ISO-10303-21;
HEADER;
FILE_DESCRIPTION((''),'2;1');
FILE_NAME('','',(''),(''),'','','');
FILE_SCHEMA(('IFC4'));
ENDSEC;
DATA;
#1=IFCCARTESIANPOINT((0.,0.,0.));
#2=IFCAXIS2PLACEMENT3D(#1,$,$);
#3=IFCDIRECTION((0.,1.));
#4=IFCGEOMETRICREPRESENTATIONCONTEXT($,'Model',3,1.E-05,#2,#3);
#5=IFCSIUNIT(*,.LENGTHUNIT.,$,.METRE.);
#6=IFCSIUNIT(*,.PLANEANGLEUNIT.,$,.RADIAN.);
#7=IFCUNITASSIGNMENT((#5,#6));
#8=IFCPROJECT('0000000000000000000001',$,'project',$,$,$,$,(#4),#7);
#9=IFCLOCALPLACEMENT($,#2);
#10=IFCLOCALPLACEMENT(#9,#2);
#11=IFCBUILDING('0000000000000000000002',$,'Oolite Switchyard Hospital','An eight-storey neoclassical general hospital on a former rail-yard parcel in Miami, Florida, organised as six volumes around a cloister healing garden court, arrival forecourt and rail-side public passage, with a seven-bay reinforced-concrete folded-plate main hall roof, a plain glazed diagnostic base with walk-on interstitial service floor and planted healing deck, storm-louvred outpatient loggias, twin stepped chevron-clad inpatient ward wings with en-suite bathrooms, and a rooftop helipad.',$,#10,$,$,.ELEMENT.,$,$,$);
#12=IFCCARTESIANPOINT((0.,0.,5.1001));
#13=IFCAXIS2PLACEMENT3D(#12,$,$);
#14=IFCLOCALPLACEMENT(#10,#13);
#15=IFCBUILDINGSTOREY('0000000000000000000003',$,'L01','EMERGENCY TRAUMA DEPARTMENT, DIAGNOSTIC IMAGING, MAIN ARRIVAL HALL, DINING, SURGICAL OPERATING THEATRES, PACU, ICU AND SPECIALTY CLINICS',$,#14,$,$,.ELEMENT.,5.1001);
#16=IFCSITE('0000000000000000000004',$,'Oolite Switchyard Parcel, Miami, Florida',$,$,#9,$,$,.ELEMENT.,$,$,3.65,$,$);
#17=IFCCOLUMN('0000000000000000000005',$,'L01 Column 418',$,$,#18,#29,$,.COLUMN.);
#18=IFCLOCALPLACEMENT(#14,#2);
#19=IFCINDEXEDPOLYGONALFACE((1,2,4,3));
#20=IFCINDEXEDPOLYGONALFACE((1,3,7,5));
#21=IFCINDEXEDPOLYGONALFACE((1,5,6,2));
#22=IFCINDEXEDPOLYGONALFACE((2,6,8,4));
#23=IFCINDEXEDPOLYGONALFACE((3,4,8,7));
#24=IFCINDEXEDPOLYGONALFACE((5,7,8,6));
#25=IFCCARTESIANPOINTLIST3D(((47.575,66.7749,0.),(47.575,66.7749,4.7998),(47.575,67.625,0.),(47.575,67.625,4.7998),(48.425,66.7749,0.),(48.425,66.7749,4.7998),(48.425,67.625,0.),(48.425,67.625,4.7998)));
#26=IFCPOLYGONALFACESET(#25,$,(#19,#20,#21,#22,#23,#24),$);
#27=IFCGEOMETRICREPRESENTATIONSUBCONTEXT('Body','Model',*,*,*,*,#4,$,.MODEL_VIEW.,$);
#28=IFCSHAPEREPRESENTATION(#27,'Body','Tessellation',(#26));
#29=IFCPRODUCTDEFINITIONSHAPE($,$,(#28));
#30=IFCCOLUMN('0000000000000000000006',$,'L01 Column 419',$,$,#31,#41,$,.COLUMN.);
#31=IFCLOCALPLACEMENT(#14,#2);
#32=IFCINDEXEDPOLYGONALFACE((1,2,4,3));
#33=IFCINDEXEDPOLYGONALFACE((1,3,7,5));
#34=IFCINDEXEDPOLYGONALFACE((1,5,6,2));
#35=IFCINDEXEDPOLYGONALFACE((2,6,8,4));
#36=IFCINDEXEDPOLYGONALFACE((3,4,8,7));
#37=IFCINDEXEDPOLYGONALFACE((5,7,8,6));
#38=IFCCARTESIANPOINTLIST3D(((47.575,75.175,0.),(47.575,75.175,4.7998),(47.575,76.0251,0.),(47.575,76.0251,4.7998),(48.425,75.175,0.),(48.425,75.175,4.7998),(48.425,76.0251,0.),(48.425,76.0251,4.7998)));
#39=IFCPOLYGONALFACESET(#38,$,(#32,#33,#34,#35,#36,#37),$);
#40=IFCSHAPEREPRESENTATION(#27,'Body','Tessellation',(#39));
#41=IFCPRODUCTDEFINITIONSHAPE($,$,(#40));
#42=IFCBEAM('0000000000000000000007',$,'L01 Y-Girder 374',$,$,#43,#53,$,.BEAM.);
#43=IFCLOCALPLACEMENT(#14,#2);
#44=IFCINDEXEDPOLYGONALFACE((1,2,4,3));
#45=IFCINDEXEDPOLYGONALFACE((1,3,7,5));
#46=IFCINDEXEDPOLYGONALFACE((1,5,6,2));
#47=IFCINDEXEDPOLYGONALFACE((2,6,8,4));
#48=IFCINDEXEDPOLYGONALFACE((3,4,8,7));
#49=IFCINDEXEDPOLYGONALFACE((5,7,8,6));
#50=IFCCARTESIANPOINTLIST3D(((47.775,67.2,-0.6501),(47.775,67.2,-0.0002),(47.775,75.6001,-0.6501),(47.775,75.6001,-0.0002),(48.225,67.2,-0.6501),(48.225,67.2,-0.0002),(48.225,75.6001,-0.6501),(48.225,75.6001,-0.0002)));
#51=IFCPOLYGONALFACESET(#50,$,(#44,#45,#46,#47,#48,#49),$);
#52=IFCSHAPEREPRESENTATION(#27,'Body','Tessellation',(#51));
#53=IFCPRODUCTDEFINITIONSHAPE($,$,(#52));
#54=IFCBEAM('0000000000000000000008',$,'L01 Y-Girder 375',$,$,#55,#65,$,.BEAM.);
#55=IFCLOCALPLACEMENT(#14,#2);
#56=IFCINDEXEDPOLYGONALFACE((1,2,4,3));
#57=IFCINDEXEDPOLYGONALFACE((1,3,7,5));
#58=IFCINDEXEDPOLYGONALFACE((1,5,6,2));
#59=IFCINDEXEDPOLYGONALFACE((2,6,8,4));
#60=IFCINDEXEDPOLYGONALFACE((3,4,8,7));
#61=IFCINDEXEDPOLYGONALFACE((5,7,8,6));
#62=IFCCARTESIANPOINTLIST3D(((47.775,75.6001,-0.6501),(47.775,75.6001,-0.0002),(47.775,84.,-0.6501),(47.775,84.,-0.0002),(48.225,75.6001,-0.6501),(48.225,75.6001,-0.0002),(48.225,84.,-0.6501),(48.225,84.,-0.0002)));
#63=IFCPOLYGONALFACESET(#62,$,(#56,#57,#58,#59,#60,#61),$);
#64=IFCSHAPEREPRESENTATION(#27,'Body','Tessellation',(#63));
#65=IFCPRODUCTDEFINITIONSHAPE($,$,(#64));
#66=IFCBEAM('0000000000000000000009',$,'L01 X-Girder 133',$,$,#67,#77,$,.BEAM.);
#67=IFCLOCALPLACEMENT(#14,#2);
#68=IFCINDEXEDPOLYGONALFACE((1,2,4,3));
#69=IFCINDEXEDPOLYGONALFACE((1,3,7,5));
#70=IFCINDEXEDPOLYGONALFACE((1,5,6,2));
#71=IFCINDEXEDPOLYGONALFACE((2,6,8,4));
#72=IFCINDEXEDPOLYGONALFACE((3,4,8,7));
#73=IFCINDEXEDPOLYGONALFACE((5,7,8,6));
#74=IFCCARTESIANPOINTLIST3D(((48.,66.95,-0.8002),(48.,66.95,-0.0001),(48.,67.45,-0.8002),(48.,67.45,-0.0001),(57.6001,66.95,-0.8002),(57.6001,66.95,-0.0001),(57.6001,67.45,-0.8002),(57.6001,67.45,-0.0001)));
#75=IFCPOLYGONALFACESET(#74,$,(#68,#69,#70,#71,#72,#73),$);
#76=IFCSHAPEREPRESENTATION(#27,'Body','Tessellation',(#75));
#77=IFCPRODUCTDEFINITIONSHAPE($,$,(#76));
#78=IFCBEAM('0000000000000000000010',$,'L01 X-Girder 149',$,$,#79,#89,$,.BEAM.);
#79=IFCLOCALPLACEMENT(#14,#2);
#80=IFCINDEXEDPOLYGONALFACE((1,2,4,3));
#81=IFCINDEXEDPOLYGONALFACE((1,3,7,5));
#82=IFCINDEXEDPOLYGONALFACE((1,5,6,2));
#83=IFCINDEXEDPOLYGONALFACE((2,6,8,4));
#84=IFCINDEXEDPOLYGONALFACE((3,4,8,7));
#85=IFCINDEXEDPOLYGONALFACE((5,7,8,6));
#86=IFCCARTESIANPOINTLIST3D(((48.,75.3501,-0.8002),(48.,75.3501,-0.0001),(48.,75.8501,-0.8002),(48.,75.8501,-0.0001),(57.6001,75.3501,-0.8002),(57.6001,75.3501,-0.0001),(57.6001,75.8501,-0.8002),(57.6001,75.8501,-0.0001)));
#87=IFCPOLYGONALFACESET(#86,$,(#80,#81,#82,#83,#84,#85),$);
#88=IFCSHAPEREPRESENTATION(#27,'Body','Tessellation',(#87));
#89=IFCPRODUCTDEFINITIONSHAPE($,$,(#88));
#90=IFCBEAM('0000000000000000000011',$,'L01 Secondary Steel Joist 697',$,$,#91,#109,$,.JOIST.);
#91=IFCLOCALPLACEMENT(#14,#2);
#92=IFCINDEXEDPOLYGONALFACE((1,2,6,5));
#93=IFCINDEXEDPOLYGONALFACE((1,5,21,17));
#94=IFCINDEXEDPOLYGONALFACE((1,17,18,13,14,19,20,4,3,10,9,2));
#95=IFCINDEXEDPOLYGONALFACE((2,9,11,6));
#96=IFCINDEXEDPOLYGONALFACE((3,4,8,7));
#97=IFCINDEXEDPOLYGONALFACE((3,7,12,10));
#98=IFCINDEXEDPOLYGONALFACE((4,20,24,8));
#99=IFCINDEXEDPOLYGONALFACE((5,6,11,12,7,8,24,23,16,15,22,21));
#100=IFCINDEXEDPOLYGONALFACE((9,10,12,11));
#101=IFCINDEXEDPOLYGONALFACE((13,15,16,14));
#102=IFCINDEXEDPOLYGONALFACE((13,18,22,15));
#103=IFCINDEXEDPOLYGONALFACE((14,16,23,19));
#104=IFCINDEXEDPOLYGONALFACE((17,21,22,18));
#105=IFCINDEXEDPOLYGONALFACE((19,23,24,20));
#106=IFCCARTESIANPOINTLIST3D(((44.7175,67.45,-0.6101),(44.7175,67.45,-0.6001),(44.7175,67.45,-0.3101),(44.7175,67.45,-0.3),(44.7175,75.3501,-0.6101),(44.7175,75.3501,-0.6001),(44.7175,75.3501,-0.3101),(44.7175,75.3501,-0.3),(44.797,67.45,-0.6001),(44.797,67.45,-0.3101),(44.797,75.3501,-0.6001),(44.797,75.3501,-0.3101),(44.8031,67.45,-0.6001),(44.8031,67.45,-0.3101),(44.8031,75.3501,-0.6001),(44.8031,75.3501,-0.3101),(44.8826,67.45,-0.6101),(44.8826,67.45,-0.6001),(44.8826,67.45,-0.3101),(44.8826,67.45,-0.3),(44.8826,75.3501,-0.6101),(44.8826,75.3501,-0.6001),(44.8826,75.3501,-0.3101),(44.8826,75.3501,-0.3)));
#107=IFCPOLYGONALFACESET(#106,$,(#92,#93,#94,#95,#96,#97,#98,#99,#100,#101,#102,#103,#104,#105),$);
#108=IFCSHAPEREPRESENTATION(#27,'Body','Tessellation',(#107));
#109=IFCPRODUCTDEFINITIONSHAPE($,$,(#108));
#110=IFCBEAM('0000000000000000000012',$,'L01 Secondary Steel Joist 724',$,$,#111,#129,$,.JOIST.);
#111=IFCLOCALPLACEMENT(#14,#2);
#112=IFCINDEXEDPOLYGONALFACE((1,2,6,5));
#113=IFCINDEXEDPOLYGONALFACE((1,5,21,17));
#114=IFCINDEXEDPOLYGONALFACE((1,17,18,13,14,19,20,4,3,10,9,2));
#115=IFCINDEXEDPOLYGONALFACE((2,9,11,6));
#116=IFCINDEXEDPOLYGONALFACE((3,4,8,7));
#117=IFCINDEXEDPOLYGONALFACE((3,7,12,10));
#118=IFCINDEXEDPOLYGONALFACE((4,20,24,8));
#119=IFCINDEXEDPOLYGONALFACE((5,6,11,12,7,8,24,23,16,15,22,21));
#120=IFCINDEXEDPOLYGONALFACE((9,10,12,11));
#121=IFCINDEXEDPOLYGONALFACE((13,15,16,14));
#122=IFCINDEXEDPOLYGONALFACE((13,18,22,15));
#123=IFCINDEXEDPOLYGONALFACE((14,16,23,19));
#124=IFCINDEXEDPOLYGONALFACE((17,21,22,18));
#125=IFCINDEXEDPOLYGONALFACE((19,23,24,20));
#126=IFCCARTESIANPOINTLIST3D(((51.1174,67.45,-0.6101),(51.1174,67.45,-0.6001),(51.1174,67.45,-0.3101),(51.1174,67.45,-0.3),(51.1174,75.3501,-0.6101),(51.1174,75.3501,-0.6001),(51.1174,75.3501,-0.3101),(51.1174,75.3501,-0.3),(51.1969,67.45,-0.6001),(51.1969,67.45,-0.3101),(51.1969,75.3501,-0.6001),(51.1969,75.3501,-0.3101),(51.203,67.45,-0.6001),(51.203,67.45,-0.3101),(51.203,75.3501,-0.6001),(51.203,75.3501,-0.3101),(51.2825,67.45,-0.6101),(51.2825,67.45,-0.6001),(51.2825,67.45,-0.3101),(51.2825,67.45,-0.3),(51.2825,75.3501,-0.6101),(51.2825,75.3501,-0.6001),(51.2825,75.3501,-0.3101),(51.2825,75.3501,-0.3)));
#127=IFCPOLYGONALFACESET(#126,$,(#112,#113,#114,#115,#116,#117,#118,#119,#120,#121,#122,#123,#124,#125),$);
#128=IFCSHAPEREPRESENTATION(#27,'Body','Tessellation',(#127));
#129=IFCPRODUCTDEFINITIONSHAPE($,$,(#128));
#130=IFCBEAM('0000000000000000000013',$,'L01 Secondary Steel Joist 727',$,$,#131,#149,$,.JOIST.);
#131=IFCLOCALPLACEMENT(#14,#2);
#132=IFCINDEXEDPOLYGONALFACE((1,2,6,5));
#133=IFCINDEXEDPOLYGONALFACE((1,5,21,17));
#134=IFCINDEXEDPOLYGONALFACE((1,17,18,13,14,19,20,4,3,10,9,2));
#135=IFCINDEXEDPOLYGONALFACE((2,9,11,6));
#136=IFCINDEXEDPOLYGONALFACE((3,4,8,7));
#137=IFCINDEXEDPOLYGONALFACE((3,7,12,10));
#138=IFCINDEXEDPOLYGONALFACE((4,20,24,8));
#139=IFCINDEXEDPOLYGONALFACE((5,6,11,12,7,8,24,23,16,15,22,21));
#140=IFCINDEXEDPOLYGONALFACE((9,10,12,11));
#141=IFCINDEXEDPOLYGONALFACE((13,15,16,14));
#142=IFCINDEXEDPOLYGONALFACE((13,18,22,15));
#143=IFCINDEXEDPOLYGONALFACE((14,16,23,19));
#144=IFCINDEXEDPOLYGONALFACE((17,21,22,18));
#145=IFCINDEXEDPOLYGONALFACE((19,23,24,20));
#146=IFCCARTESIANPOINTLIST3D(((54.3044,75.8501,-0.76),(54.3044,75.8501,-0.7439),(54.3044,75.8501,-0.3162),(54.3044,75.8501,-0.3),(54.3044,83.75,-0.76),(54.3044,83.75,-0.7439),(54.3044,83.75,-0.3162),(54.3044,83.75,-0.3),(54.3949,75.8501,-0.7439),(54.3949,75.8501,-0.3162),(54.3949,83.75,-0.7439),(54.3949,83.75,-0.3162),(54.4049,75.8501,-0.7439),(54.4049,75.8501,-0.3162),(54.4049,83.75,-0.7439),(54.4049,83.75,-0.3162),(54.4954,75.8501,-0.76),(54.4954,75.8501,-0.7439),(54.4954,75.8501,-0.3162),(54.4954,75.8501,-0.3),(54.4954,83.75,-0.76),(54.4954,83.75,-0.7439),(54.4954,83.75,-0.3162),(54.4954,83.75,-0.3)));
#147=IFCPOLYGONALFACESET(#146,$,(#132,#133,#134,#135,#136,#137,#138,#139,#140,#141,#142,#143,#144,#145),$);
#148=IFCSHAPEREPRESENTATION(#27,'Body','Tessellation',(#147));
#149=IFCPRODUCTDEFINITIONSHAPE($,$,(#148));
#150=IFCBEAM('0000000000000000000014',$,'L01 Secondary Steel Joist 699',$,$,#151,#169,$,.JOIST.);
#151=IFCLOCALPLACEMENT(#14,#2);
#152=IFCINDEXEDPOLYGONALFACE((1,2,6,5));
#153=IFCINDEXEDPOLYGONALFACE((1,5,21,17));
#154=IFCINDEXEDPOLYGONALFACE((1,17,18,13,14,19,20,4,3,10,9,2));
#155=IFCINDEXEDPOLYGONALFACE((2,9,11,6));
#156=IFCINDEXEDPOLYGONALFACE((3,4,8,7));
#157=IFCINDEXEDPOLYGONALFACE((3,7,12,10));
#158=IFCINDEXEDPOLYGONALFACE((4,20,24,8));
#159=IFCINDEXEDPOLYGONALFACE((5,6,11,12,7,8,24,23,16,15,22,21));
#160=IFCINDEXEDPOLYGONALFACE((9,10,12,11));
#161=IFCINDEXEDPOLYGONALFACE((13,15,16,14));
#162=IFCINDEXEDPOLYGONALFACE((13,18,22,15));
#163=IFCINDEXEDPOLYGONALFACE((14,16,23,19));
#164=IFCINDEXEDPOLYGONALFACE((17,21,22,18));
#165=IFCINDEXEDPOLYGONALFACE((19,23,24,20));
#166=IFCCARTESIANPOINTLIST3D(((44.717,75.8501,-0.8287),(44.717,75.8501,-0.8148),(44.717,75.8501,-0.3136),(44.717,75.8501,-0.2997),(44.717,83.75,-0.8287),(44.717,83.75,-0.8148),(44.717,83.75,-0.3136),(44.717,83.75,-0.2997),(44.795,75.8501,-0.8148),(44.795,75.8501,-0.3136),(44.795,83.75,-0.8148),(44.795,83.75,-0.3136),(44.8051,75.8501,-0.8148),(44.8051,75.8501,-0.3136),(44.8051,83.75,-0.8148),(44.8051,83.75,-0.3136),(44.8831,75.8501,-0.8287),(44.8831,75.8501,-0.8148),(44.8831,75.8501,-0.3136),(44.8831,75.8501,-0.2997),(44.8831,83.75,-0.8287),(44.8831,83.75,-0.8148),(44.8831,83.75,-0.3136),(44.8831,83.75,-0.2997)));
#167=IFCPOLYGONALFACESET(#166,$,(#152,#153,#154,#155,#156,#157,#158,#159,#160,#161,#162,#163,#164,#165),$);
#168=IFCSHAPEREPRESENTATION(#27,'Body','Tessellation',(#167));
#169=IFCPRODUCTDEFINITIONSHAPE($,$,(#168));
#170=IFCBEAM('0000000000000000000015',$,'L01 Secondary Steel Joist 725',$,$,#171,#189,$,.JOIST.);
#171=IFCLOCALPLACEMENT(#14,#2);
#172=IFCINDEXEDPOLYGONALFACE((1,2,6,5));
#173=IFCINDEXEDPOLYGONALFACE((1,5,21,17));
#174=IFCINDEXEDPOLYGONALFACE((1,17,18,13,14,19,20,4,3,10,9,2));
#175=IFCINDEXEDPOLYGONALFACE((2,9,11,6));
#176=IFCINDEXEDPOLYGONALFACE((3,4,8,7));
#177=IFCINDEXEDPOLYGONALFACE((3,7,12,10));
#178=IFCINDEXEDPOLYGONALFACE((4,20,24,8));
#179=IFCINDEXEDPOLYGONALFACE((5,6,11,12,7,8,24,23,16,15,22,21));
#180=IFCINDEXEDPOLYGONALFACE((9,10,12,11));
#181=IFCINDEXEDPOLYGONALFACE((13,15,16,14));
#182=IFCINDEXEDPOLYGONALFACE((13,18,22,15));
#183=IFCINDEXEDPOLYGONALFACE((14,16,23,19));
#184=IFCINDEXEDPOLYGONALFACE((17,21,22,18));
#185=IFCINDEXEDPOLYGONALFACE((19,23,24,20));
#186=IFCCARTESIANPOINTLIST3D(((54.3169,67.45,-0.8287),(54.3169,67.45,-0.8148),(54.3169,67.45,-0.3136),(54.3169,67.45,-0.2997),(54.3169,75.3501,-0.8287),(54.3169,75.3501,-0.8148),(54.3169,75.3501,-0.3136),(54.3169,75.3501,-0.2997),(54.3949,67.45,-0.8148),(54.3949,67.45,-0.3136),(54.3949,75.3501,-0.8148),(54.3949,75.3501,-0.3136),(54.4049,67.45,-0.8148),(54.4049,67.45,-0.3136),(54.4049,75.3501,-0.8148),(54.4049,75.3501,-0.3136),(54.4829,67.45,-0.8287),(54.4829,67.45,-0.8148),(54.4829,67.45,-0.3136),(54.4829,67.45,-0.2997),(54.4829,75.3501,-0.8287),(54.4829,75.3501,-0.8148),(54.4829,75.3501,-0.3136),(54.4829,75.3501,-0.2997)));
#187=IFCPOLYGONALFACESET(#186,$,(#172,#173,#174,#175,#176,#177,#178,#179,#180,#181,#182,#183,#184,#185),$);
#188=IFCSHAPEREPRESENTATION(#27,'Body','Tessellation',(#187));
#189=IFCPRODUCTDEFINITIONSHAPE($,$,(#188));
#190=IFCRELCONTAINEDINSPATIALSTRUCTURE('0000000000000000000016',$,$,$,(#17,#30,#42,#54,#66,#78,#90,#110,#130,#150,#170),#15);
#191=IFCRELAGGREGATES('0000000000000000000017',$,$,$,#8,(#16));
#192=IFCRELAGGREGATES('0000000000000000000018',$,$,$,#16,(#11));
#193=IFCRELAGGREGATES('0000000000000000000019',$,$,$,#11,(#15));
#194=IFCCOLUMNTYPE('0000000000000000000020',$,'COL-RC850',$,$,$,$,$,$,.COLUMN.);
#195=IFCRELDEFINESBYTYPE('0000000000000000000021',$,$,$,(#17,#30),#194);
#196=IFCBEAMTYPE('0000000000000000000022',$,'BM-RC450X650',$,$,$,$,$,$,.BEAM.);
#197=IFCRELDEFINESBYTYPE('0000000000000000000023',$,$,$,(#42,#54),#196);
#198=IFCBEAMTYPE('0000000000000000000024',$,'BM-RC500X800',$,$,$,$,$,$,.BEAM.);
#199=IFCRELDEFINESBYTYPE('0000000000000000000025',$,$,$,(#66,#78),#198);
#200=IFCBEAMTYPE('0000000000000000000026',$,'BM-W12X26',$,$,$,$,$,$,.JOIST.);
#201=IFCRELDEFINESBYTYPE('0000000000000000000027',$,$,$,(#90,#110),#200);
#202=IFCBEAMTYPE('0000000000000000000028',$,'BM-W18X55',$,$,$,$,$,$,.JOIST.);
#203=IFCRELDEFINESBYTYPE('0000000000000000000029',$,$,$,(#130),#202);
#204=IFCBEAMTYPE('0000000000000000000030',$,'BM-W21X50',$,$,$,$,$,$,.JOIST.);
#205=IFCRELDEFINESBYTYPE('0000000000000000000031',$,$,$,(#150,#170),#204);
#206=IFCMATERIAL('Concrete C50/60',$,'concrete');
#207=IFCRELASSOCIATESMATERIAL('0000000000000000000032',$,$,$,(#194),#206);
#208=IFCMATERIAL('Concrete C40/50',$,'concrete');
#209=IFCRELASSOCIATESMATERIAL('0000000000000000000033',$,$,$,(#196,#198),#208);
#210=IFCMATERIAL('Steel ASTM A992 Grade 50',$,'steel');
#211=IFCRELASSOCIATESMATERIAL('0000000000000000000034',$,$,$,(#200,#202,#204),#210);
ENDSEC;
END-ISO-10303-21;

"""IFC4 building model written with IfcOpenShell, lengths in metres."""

from ifc_helpers import new_model, si_unit, direction, frame, origin, origin_2d, place, context, subcontext, project, spatial, rectangle, i_section, extrude, material, material_profile, profile_set, type_object, element, save


model = new_model("IFC4")

# Units and contexts
model_context = context("Model", 3, precision=1e-05, world=origin(), true_north=direction((0.0, 1.0)))
body_context = subcontext(model_context, "Body", "Model", "MODEL_VIEW")
ifc_project = project(units=[si_unit("LENGTHUNIT", "METRE"), si_unit("PLANEANGLEUNIT", "RADIAN")], contexts=[model_context])

# Site, building, storey
site_placement = place(None, origin())
site = spatial("IfcSite", under=ifc_project, at=site_placement, Name="Oolite Switchyard Parcel, Miami, Florida", CompositionType="ELEMENT", RefElevation=3.65)
building_placement = place(site_placement, origin())
building = spatial("IfcBuilding", under=site, at=building_placement, Name="Oolite Switchyard Hospital", Description="An eight-storey neoclassical general hospital on a former rail-yard parcel in Miami, Florida, organised as six volumes around a cloister healing garden court, arrival forecourt and rail-side public passage, with a seven-bay reinforced-concrete folded-plate main hall roof, a plain glazed diagnostic base with walk-on interstitial service floor and planted healing deck, storm-louvred outpatient loggias, twin stepped chevron-clad inpatient ward wings with en-suite bathrooms, and a rooftop helipad.", CompositionType="ELEMENT")
storey_placement = place(building_placement, frame((0.0, 0.0, 5.1001)))
storey = spatial("IfcBuildingStorey", under=building, at=storey_placement, Name="L01", Description="EMERGENCY TRAUMA DEPARTMENT, DIAGNOSTIC IMAGING, MAIN ARRIVAL HALL, DINING, SURGICAL OPERATING THEATRES, PACU, ICU AND SPECIALTY CLINICS", CompositionType="ELEMENT", Elevation=5.1001)

# Columns
ifc_material_1 = material(Name="Concrete C50/60", Category="concrete")
ifc_material_profile_1 = material_profile(ifc_material_1, rectangle(XDim=0.8501, YDim=0.8501, at=origin_2d()), Name="RC850X850")
ifc_profile_set_1 = profile_set([ifc_material_profile_1], Name="Concrete C50/60")
column_type = type_object("IfcColumnType", Name="COL-RC850", PredefinedType="COLUMN", material=ifc_profile_set_1)
for number, where, z_axis, x_axis, name in (
    (1, (48.0, 67.2, 0.0), (0.0, 0.0, 1.0), (1.0, 0.0, 0.0), "L01 Column 418"),
    (2, (48.0, 75.6001, 0.0), (0.0, 0.0, 1.0), (1.0, 0.0, 0.0), "L01 Column 419"),
):
    element("IfcColumn", number, at=place(storey_placement, frame(where, z_axis=z_axis, x_axis=x_axis)), inside=storey, type_object=column_type, Name=name, PredefinedType="COLUMN", context=body_context, shape_type="SweptSolid", body=[
        extrude(rectangle(XDim=0.8501, YDim=0.8501, at=origin_2d()), origin(), (0.0, 0.0, 1.0), 4.7998),
    ])

# Beams
ifc_material_2 = material(Name="Concrete C40/50", Category="concrete")
ifc_material_profile_2 = material_profile(ifc_material_2, rectangle(XDim=0.45, YDim=0.6499, at=origin_2d()), Name="RCB450X650")
ifc_profile_set_2 = profile_set([ifc_material_profile_2], Name="Concrete C40/50")
beam_type_1 = type_object("IfcBeamType", Name="BM-RC450X650", PredefinedType="BEAM", material=ifc_profile_set_2)
beam_1_placement = place(storey_placement, frame((48.0, 67.2, -0.3252), z_axis=(0.0, 1.0, 0.0), x_axis=(-1.0, 0.0, 0.0)))
element("IfcBeam", 3, at=beam_1_placement, inside=storey, type_object=beam_type_1, Name="L01 Y-Girder 374", PredefinedType="BEAM", context=body_context, shape_type="SweptSolid", body=[
    extrude(rectangle(XDim=0.45, YDim=0.6499, at=origin_2d()), origin(), (0.0, 0.0, 1.0), 8.4001),
])
beam_2_placement = place(storey_placement, frame((48.0, 75.6001, -0.3252), z_axis=(0.0, 1.0, 0.0), x_axis=(-1.0, 0.0, 0.0)))
element("IfcBeam", 4, at=beam_2_placement, inside=storey, type_object=beam_type_1, Name="L01 Y-Girder 375", PredefinedType="BEAM", context=body_context, shape_type="SweptSolid", body=[
    extrude(rectangle(XDim=0.45, YDim=0.6499, at=origin_2d()), origin(), (0.0, 0.0, 1.0), 8.3999),
])
ifc_material_profile_3 = material_profile(ifc_material_2, rectangle(XDim=0.5, YDim=0.8, at=origin_2d()), Name="RCB500X800")
ifc_profile_set_3 = profile_set([ifc_material_profile_3], Name="Concrete C40/50")
beam_type_2 = type_object("IfcBeamType", Name="BM-RC500X800", PredefinedType="BEAM", material=ifc_profile_set_3)
for number, where, z_axis, x_axis, name in (
    (5, (48.0, 67.2, -0.4001), (1.0, 0.0, 0.0), (0.0, 1.0, 0.0), "L01 X-Girder 133"),
    (6, (48.0, 75.6001, -0.4001), (1.0, 0.0, 0.0), (0.0, 1.0, 0.0), "L01 X-Girder 149"),
):
    element("IfcBeam", number, at=place(storey_placement, frame(where, z_axis=z_axis, x_axis=x_axis)), inside=storey, type_object=beam_type_2, Name=name, PredefinedType="BEAM", context=body_context, shape_type="SweptSolid", body=[
        extrude(rectangle(XDim=0.5, YDim=0.8, at=origin_2d()), origin(), (0.0, 0.0, 1.0), 9.6001),
    ])
ifc_material_3 = material(Name="Steel ASTM A992 Grade 50", Category="steel")
ifc_material_profile_4 = material_profile(ifc_material_3, i_section(OverallWidth=0.165, OverallDepth=0.3101, WebThickness=0.0061, FlangeThickness=0.01, at=origin_2d()), Name="W12X26")
ifc_profile_set_4 = profile_set([ifc_material_profile_4], Name="Steel ASTM A992 Grade 50")
beam_type_3 = type_object("IfcBeamType", Name="BM-W12X26", PredefinedType="JOIST", material=ifc_profile_set_4)
for number, where, z_axis, x_axis, name in (
    (7, (44.8, 67.45, -0.4551), (0.0, 1.0, 0.0), (-1.0, 0.0, 0.0), "L01 Secondary Steel Joist 697"),
    (8, (51.2, 67.45, -0.4551), (0.0, 1.0, 0.0), (-1.0, 0.0, 0.0), "L01 Secondary Steel Joist 724"),
):
    element("IfcBeam", number, at=place(storey_placement, frame(where, z_axis=z_axis, x_axis=x_axis)), inside=storey, type_object=beam_type_3, Name=name, PredefinedType="JOIST", context=body_context, shape_type="SweptSolid", body=[
        extrude(i_section(OverallWidth=0.165, OverallDepth=0.3101, WebThickness=0.0061, FlangeThickness=0.01, at=origin_2d()), origin(), (0.0, 0.0, 1.0), 7.9001),
    ])
ifc_material_profile_5 = material_profile(ifc_material_3, i_section(OverallWidth=0.1909, OverallDepth=0.46, WebThickness=0.01, FlangeThickness=0.0161, at=origin_2d()), Name="W18X55")
ifc_profile_set_5 = profile_set([ifc_material_profile_5], Name="Steel ASTM A992 Grade 50")
beam_type_4 = type_object("IfcBeamType", Name="BM-W18X55", PredefinedType="JOIST", material=ifc_profile_set_5)
beam_3_placement = place(storey_placement, frame((54.3999, 75.8501, -0.53), z_axis=(0.0, 1.0, 0.0), x_axis=(-1.0, 0.0, 0.0)))
element("IfcBeam", 9, at=beam_3_placement, inside=storey, type_object=beam_type_4, Name="L01 Secondary Steel Joist 727", PredefinedType="JOIST", context=body_context, shape_type="SweptSolid", body=[
    extrude(i_section(OverallWidth=0.1909, OverallDepth=0.46, WebThickness=0.01, FlangeThickness=0.0161, at=origin_2d()), origin(), (0.0, 0.0, 1.0), 7.8999),
])
ifc_material_profile_6 = material_profile(ifc_material_3, i_section(OverallWidth=0.166, OverallDepth=0.5291, WebThickness=0.01, FlangeThickness=0.0139, at=origin_2d()), Name="W21X50")
ifc_profile_set_6 = profile_set([ifc_material_profile_6], Name="Steel ASTM A992 Grade 50")
beam_type_5 = type_object("IfcBeamType", Name="BM-W21X50", PredefinedType="JOIST", material=ifc_profile_set_6)
beam_4_placement = place(storey_placement, frame((44.8, 75.8501, -0.5642), z_axis=(0.0, 1.0, 0.0), x_axis=(-1.0, 0.0, 0.0)))
element("IfcBeam", 10, at=beam_4_placement, inside=storey, type_object=beam_type_5, Name="L01 Secondary Steel Joist 699", PredefinedType="JOIST", context=body_context, shape_type="SweptSolid", body=[
    extrude(i_section(OverallWidth=0.166, OverallDepth=0.5291, WebThickness=0.01, FlangeThickness=0.0139, at=origin_2d()), origin(), (0.0, 0.0, 1.0), 7.8999),
])
beam_5_placement = place(storey_placement, frame((54.3999, 67.45, -0.5642), z_axis=(0.0, 1.0, 0.0), x_axis=(-1.0, 0.0, 0.0)))
element("IfcBeam", 11, at=beam_5_placement, inside=storey, type_object=beam_type_5, Name="L01 Secondary Steel Joist 725", PredefinedType="JOIST", context=body_context, shape_type="SweptSolid", body=[
    extrude(i_section(OverallWidth=0.166, OverallDepth=0.5291, WebThickness=0.01, FlangeThickness=0.0139, at=origin_2d()), origin(), (0.0, 0.0, 1.0), 7.9001),
])

save(model, "model.ifc")
